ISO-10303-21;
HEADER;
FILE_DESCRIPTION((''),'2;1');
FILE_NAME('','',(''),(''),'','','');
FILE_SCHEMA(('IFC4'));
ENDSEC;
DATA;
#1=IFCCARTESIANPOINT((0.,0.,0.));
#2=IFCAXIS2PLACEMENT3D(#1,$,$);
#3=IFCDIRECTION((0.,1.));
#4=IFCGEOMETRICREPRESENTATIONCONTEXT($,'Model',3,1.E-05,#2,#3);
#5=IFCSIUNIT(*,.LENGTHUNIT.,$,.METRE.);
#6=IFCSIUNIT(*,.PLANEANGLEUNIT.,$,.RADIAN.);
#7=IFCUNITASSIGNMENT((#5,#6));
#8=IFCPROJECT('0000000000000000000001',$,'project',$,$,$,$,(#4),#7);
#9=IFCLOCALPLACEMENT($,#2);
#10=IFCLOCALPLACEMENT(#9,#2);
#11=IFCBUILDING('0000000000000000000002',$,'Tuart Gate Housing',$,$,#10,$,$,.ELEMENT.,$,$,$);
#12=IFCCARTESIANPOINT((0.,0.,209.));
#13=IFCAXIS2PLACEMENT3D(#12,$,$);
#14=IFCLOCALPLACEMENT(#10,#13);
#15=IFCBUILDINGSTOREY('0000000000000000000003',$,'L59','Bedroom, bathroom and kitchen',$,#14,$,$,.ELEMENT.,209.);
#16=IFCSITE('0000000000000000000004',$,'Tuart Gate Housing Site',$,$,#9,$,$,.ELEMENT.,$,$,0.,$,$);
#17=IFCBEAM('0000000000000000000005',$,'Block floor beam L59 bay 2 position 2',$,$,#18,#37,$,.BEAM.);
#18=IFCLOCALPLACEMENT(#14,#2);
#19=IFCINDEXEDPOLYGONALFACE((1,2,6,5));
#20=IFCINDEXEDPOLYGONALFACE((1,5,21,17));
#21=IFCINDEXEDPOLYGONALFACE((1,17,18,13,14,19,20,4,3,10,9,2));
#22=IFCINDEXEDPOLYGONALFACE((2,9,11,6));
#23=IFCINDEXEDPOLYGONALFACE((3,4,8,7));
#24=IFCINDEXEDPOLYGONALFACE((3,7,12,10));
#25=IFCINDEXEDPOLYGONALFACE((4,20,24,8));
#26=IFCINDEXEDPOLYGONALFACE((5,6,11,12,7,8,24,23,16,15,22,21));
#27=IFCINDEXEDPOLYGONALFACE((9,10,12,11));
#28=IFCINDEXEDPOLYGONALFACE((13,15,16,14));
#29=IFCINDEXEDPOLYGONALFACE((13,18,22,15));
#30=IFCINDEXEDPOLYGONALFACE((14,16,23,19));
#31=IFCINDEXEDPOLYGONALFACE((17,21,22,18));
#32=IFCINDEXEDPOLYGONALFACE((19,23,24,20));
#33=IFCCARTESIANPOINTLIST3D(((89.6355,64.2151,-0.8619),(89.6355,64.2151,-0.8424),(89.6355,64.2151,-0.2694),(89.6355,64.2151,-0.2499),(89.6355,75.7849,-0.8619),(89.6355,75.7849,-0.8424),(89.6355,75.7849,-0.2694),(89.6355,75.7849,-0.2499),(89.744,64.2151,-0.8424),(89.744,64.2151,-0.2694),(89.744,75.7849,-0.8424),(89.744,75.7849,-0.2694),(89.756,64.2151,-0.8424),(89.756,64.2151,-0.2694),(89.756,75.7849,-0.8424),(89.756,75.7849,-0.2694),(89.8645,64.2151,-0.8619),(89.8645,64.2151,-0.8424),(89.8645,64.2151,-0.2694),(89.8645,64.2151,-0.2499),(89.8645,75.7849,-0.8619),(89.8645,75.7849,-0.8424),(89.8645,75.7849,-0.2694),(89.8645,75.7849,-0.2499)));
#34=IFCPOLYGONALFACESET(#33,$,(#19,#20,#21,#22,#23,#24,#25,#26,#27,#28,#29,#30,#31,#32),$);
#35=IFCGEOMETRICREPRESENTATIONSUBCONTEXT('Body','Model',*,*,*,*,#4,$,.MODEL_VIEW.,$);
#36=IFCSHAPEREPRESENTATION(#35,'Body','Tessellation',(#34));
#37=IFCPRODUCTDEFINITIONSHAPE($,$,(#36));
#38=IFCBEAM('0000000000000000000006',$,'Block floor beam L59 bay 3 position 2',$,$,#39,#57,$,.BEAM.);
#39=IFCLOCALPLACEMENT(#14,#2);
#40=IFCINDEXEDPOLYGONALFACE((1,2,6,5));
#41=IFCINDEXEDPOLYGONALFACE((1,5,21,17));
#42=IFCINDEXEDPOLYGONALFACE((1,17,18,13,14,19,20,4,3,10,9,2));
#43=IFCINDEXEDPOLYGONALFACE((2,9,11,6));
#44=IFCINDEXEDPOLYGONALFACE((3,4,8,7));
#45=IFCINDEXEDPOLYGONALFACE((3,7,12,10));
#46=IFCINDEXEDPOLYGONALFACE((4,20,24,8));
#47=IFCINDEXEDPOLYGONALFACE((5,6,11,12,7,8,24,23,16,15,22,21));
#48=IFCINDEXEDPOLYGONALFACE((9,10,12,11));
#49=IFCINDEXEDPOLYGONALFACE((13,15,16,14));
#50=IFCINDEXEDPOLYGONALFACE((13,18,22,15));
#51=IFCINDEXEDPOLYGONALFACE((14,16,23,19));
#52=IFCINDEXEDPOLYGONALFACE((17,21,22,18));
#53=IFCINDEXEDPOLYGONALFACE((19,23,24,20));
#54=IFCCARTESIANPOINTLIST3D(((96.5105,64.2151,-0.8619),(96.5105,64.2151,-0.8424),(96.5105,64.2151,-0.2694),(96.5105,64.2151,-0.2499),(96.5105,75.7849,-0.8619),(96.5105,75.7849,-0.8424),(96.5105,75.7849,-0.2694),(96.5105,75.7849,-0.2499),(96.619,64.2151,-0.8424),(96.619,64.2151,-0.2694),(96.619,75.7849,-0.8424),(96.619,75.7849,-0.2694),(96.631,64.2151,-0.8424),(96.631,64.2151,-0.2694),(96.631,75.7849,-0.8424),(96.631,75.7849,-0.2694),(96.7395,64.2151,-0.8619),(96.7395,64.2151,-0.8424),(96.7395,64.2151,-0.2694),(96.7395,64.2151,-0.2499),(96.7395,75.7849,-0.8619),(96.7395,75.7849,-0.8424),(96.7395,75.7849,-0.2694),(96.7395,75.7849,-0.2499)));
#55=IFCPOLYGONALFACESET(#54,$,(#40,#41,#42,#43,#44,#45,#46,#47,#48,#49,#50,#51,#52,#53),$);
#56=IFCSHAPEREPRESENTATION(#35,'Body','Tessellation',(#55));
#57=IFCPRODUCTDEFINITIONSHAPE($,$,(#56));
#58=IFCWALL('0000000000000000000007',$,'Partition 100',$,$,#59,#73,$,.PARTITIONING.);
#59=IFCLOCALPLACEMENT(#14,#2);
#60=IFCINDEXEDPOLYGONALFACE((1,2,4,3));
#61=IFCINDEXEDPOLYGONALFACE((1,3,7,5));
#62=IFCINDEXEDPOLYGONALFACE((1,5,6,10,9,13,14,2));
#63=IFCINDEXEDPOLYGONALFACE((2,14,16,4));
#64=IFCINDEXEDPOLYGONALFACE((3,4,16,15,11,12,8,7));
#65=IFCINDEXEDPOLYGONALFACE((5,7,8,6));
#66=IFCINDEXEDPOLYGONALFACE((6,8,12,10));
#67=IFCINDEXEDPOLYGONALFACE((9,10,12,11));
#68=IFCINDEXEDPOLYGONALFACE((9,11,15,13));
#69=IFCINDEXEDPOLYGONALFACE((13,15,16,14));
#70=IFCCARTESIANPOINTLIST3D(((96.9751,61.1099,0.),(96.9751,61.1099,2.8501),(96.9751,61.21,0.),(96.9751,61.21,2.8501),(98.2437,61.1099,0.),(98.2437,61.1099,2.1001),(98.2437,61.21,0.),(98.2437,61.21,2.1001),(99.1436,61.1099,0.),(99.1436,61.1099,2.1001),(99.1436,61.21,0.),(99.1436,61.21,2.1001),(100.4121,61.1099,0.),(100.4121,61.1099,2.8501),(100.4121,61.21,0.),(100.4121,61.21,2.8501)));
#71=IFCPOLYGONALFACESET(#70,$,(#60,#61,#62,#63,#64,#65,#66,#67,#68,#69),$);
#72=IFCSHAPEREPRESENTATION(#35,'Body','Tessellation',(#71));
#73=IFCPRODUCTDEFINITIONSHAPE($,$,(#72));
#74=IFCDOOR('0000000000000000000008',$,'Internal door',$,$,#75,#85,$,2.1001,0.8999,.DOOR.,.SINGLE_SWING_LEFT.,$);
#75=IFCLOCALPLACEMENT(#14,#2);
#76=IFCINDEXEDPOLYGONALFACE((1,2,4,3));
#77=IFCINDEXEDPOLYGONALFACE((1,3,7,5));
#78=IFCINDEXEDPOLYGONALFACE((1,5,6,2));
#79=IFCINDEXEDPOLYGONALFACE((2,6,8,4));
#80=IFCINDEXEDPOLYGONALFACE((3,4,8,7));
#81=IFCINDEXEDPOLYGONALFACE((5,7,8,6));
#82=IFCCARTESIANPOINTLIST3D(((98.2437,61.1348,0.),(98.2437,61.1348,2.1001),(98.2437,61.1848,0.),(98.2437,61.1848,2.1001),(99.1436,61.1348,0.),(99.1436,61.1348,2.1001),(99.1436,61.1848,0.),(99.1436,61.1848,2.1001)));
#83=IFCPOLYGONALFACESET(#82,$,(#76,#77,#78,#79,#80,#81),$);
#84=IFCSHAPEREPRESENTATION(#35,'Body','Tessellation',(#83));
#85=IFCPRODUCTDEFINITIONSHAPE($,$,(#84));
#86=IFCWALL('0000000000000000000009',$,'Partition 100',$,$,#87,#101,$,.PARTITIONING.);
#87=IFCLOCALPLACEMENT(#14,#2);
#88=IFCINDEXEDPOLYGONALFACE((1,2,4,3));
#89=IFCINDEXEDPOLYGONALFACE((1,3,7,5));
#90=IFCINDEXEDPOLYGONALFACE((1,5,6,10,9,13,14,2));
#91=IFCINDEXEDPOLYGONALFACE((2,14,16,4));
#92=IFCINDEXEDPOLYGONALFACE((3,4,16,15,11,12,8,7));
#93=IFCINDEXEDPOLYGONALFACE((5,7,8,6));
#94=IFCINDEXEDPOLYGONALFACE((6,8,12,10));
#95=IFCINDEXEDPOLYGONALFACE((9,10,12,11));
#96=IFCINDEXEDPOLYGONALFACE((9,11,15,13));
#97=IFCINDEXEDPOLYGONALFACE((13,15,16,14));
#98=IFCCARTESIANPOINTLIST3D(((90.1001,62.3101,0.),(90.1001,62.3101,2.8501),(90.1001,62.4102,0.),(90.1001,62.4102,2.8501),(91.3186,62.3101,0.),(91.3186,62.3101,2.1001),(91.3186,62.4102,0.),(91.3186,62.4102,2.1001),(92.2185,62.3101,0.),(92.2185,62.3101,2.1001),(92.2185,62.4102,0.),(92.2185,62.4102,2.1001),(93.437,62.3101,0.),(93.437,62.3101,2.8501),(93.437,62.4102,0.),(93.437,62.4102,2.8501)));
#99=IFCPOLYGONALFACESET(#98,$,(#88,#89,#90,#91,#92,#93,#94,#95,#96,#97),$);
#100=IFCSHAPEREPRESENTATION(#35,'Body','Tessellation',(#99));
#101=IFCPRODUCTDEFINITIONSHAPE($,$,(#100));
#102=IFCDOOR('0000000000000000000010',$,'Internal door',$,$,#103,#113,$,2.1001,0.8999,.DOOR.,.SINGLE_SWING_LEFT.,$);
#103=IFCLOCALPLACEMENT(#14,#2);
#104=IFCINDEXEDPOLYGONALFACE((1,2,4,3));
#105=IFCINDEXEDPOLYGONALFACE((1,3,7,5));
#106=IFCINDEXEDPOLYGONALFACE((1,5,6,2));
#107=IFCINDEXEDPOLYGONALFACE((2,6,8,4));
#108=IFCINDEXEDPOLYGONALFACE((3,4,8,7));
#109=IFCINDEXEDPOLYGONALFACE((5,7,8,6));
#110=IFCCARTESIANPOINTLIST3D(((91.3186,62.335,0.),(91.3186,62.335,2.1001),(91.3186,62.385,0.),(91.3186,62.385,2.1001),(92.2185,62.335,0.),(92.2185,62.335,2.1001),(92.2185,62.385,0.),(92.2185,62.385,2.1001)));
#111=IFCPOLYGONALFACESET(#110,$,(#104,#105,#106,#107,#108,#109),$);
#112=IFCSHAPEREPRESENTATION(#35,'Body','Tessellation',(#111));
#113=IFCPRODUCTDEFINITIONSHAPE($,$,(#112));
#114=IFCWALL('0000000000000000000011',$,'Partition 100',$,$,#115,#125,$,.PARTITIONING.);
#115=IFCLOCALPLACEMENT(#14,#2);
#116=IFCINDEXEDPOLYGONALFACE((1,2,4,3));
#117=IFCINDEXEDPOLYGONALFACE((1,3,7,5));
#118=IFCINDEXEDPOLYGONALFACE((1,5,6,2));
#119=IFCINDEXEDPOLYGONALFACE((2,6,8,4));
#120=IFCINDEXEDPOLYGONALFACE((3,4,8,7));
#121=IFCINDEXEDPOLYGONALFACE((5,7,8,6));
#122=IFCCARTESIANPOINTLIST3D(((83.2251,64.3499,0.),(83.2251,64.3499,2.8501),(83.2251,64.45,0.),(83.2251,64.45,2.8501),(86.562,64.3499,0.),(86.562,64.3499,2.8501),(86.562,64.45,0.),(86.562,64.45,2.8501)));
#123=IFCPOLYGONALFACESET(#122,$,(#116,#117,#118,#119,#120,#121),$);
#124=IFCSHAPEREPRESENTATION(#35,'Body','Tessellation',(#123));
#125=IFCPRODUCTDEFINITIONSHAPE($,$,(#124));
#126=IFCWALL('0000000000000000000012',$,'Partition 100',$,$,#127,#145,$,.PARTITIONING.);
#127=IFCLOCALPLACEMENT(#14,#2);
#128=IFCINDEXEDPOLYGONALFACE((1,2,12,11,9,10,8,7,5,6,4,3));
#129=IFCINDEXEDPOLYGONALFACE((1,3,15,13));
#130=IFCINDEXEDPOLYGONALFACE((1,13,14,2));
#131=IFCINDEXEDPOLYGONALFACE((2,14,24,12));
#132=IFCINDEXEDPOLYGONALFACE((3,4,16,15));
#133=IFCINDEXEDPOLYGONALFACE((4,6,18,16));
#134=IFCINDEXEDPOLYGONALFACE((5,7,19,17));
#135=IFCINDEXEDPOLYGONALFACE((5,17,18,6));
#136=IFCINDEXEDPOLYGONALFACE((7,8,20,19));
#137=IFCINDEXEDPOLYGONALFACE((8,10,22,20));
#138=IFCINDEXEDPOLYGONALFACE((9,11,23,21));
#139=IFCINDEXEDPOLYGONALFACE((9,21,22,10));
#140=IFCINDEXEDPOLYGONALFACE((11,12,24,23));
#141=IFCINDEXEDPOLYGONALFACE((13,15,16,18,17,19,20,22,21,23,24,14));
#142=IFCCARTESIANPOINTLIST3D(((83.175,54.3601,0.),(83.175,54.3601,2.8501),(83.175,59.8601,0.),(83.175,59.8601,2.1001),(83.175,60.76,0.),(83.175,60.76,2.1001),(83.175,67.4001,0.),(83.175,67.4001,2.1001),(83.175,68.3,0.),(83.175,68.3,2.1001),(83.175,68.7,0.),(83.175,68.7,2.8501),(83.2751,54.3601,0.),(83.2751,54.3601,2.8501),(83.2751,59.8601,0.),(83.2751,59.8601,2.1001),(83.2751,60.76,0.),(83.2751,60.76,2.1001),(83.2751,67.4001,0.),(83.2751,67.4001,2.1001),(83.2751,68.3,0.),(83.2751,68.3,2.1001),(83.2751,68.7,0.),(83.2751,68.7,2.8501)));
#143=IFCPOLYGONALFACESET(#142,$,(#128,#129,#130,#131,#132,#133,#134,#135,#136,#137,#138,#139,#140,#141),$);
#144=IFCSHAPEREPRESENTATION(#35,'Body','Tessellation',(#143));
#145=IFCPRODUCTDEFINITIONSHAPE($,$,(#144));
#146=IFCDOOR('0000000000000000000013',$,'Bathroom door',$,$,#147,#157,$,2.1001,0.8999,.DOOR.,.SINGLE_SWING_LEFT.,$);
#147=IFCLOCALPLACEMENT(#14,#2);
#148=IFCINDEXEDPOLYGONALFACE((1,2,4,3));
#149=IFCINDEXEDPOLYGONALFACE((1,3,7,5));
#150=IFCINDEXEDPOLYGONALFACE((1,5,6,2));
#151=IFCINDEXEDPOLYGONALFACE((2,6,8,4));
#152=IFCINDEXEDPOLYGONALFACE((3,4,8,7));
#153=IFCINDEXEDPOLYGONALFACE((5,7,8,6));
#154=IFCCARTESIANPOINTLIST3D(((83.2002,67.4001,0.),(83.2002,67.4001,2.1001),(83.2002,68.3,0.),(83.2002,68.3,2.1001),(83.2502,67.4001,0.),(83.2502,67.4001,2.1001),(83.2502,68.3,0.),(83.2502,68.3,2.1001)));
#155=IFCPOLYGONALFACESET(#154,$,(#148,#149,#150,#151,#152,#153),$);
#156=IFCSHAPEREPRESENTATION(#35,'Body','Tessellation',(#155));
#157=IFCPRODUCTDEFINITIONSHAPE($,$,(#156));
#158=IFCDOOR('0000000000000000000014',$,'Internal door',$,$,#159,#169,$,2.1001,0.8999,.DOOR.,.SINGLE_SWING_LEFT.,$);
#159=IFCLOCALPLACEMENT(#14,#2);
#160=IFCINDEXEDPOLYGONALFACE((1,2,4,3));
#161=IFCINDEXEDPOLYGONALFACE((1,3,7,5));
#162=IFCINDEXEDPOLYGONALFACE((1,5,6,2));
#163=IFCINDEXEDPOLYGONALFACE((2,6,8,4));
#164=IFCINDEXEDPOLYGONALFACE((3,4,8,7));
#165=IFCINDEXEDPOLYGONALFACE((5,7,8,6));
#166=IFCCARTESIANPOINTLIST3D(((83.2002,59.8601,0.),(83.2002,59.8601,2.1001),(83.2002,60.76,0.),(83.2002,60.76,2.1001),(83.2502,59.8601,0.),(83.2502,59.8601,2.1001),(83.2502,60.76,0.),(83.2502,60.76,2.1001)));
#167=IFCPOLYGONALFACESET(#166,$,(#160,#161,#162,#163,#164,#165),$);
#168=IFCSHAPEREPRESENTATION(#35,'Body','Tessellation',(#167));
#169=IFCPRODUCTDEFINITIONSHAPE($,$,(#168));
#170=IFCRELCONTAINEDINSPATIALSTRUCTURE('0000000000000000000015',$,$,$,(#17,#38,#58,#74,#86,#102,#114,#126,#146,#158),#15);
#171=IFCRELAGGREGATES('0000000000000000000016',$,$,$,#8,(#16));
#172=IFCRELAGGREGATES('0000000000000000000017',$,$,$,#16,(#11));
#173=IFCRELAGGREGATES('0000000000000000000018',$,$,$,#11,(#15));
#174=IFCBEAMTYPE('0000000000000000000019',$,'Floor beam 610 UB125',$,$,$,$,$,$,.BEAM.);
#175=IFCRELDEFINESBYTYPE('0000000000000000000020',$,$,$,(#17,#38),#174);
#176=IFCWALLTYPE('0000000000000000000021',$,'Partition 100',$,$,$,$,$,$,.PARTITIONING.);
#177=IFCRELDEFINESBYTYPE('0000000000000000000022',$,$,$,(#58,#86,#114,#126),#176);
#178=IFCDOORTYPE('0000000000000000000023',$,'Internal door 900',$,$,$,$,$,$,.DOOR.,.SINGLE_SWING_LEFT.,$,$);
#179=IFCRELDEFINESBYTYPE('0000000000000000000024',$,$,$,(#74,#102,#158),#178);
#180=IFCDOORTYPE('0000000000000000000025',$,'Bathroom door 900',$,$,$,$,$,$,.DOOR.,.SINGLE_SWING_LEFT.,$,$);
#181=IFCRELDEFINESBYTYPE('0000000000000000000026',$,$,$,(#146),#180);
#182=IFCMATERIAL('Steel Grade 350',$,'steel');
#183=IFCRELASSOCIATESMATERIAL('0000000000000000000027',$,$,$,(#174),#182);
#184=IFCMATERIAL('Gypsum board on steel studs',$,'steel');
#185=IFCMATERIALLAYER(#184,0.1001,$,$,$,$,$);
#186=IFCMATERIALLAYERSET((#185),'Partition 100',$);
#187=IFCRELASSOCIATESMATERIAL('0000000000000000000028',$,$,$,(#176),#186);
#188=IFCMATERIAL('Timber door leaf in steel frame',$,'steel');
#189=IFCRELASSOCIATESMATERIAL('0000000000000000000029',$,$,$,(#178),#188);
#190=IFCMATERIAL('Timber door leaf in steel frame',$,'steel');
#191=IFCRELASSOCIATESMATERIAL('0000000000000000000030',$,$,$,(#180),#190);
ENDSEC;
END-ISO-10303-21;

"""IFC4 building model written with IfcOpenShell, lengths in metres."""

from ifc_helpers import new_model, si_unit, direction, frame, frame_2d, origin, origin_2d, place, context, subcontext, project, spatial, rectangle, i_section, extrude, material, layer, layer_set, material_profile, profile_set, type_object, element, fill, save


model = new_model("IFC4")

# Units and contexts
model_context = context("Model", 3, precision=1e-05, world=origin(), true_north=direction((0.0, 1.0)))
body_context = subcontext(model_context, "Body", "Model", "MODEL_VIEW")
ifc_project = project(units=[si_unit("LENGTHUNIT", "METRE"), si_unit("PLANEANGLEUNIT", "RADIAN")], contexts=[model_context])

# Site, building, storey
site_placement = place(None, origin())
site = spatial("IfcSite", under=ifc_project, at=site_placement, Name="Tuart Gate Housing Site", CompositionType="ELEMENT", RefElevation=0.0)
building_placement = place(site_placement, origin())
building = spatial("IfcBuilding", under=site, at=building_placement, Name="Tuart Gate Housing", CompositionType="ELEMENT")
storey_placement = place(building_placement, frame((0.0, 0.0, 209.0)))
storey = spatial("IfcBuildingStorey", under=building, at=storey_placement, Name="L59", Description="Bedroom, bathroom and kitchen", CompositionType="ELEMENT", Elevation=209.0)

# Beams
ifc_material_1 = material(Name="Steel Grade 350", Category="steel")
ifc_material_profile_1 = material_profile(ifc_material_1, i_section(OverallWidth=0.229, OverallDepth=0.6121, WebThickness=0.012, FlangeThickness=0.0195, at=origin_2d()), Name="610UB125")
ifc_profile_set_1 = profile_set([ifc_material_profile_1], Name="Steel Grade 350")
beam_type_1 = type_object("IfcBeamType", Name="Floor beam 610 UB125", PredefinedType="BEAM", material=ifc_profile_set_1)
for number, where, z_axis, x_axis, name in (
    (1, (89.75, 64.2151, -0.5559), (0.0, 1.0, 0.0), (-1.0, 0.0, 0.0), "Block floor beam L59 bay 2 position 2"),
    (2, (96.625, 64.2151, -0.5559), (0.0, 1.0, 0.0), (-1.0, 0.0, 0.0), "Block floor beam L59 bay 3 position 2"),
):
    element("IfcBeam", number, at=place(storey_placement, frame(where, z_axis=z_axis, x_axis=x_axis)), inside=storey, type_object=beam_type_1, Name=name, PredefinedType="BEAM", context=body_context, shape_type="SweptSolid", body=[
        extrude(i_section(OverallWidth=0.229, OverallDepth=0.6121, WebThickness=0.012, FlangeThickness=0.0195, at=origin_2d()), origin(), (0.0, 0.0, 1.0), 11.5698),
    ])

# Walls, openings, doors
ifc_material_2 = material(Name="Gypsum board on steel studs", Category="steel")
ifc_layer_1 = layer(ifc_material_2, 0.1001)
ifc_layer_set_1 = layer_set([ifc_layer_1], Name="Partition 100")
wall_type_1 = type_object("IfcWallType", Name="Partition 100", PredefinedType="PARTITIONING", material=ifc_layer_set_1)
wall_1_placement = place(storey_placement, frame((96.9751, 61.1599, 0.0), z_axis=(0.0, 0.0, 1.0), x_axis=(1.0, 0.0, 0.0)))
wall_1 = element("IfcWall", 3, at=wall_1_placement, inside=storey, type_object=wall_type_1, Name="Partition 100", PredefinedType="PARTITIONING", context=body_context, shape_type="SweptSolid", body=[
    extrude(rectangle(XDim=3.437, YDim=0.1001, at=frame_2d((1.7185, 0.0))), origin(), (0.0, 0.0, 1.0), 2.8501),
])
opening_1_placement = place(wall_1_placement, frame((1.2686, 0.0, 0.0)))
opening_1 = element("IfcOpeningElement", 4, at=opening_1_placement, cuts=wall_1, PredefinedType="OPENING", context=body_context, shape_type="SweptSolid", body=[
    extrude(rectangle(XDim=0.8999, YDim=2.1001, at=frame_2d((0.45, 1.05))), frame((0.0, 0.0601, 0.0), z_axis=(0.0, -1.0, 0.0), x_axis=(1.0, 0.0, 0.0)), (0.0, 0.0, 1.0), 0.1201),
])
ifc_material_3 = material(Name="Timber door leaf in steel frame", Category="steel")
door_type_1 = type_object("IfcDoorType", Name="Internal door 900", OperationType="SINGLE_SWING_LEFT", PredefinedType="DOOR", material=ifc_material_3)
door_1_placement = place(opening_1_placement, origin())
door_1 = element("IfcDoor", 5, at=door_1_placement, inside=storey, type_object=door_type_1, Name="Internal door", OperationType="SINGLE_SWING_LEFT", OverallHeight=2.1001, OverallWidth=0.8999, PredefinedType="DOOR", context=body_context, shape_type="SweptSolid", body=[
    extrude(rectangle(XDim=0.8999, YDim=2.1001, at=frame_2d((0.45, 1.05))), frame((0.0, 0.0249, 0.0), z_axis=(0.0, -1.0, 0.0), x_axis=(1.0, 0.0, 0.0)), (0.0, 0.0, 1.0), 0.05),
])
fill(opening_1, door_1)
wall_2_placement = place(storey_placement, frame((90.1001, 62.3601, 0.0), z_axis=(0.0, 0.0, 1.0), x_axis=(1.0, 0.0, 0.0)))
wall_2 = element("IfcWall", 6, at=wall_2_placement, inside=storey, type_object=wall_type_1, Name="Partition 100", PredefinedType="PARTITIONING", context=body_context, shape_type="SweptSolid", body=[
    extrude(rectangle(XDim=3.3369, YDim=0.1001, at=frame_2d((1.6685, 0.0))), origin(), (0.0, 0.0, 1.0), 2.8501),
])
opening_2_placement = place(wall_2_placement, frame((1.2185, 0.0, 0.0)))
opening_2 = element("IfcOpeningElement", 7, at=opening_2_placement, cuts=wall_2, PredefinedType="OPENING", context=body_context, shape_type="SweptSolid", body=[
    extrude(rectangle(XDim=0.8999, YDim=2.1001, at=frame_2d((0.45, 1.05))), frame((0.0, 0.0601, 0.0), z_axis=(0.0, -1.0, 0.0), x_axis=(1.0, 0.0, 0.0)), (0.0, 0.0, 1.0), 0.1201),
])
door_2_placement = place(opening_2_placement, origin())
door_2 = element("IfcDoor", 8, at=door_2_placement, inside=storey, type_object=door_type_1, Name="Internal door", OperationType="SINGLE_SWING_LEFT", OverallHeight=2.1001, OverallWidth=0.8999, PredefinedType="DOOR", context=body_context, shape_type="SweptSolid", body=[
    extrude(rectangle(XDim=0.8999, YDim=2.1001, at=frame_2d((0.45, 1.05))), frame((0.0, 0.0249, 0.0), z_axis=(0.0, -1.0, 0.0), x_axis=(1.0, 0.0, 0.0)), (0.0, 0.0, 1.0), 0.05),
])
fill(opening_2, door_2)

# Wall
wall_3_placement = place(storey_placement, frame((83.2251, 64.3999, 0.0), z_axis=(0.0, 0.0, 1.0), x_axis=(1.0, 0.0, 0.0)))
element("IfcWall", 9, at=wall_3_placement, inside=storey, type_object=wall_type_1, Name="Partition 100", PredefinedType="PARTITIONING", context=body_context, shape_type="SweptSolid", body=[
    extrude(rectangle(XDim=3.3369, YDim=0.1001, at=frame_2d((1.6685, 0.0))), origin(), (0.0, 0.0, 1.0), 2.8501),
])

# Wall, openings, doors
wall_4_placement = place(storey_placement, frame((83.2251, 54.3601, 0.0), z_axis=(0.0, 0.0, 1.0), x_axis=(0.0, 1.0, 0.0)))
wall_4 = element("IfcWall", 10, at=wall_4_placement, inside=storey, type_object=wall_type_1, Name="Partition 100", PredefinedType="PARTITIONING", context=body_context, shape_type="SweptSolid", body=[
    extrude(rectangle(XDim=14.3398, YDim=0.1001, at=frame_2d((7.1699, 0.0))), origin(), (0.0, 0.0, 1.0), 2.8501),
])
opening_3_placement = place(wall_4_placement, frame((5.5, 0.0, 0.0)))
opening_3 = element("IfcOpeningElement", 11, at=opening_3_placement, cuts=wall_4, PredefinedType="OPENING", context=body_context, shape_type="SweptSolid", body=[
    extrude(rectangle(XDim=0.8999, YDim=2.1001, at=frame_2d((0.45, 1.05))), frame((0.0, 0.0601, 0.0), z_axis=(0.0, -1.0, 0.0), x_axis=(1.0, 0.0, 0.0)), (0.0, 0.0, 1.0), 0.1201),
])
opening_4_placement = place(wall_4_placement, frame((13.04, 0.0, 0.0)))
opening_4 = element("IfcOpeningElement", 12, at=opening_4_placement, cuts=wall_4, PredefinedType="OPENING", context=body_context, shape_type="SweptSolid", body=[
    extrude(rectangle(XDim=0.8999, YDim=2.1001, at=frame_2d((0.45, 1.05))), frame((0.0, 0.0601, 0.0), z_axis=(0.0, -1.0, 0.0), x_axis=(1.0, 0.0, 0.0)), (0.0, 0.0, 1.0), 0.1201),
])
ifc_material_4 = material(Name="Timber door leaf in steel frame", Category="steel")
door_type_2 = type_object("IfcDoorType", Name="Bathroom door 900", OperationType="SINGLE_SWING_LEFT", PredefinedType="DOOR", material=ifc_material_4)
door_3_placement = place(opening_4_placement, frame((0.8999, 0.0, 0.0), z_axis=(0.0, 0.0, 1.0), x_axis=(-1.0, 0.0, 0.0)))
door_3 = element("IfcDoor", 13, at=door_3_placement, inside=storey, type_object=door_type_2, Name="Bathroom door", OperationType="SINGLE_SWING_LEFT", OverallHeight=2.1001, OverallWidth=0.8999, PredefinedType="DOOR", context=body_context, shape_type="SweptSolid", body=[
    extrude(rectangle(XDim=0.8999, YDim=2.1001, at=frame_2d((0.45, 1.05))), frame((0.0, 0.0251, 0.0), z_axis=(0.0, -1.0, 0.0), x_axis=(1.0, 0.0, 0.0)), (0.0, 0.0, 1.0), 0.05),
])
fill(opening_4, door_3)
door_4_placement = place(opening_3_placement, frame((0.8999, 0.0, 0.0), z_axis=(0.0, 0.0, 1.0), x_axis=(-1.0, 0.0, 0.0)))
door_4 = element("IfcDoor", 14, at=door_4_placement, inside=storey, type_object=door_type_1, Name="Internal door", OperationType="SINGLE_SWING_LEFT", OverallHeight=2.1001, OverallWidth=0.8999, PredefinedType="DOOR", context=body_context, shape_type="SweptSolid", body=[
    extrude(rectangle(XDim=0.8999, YDim=2.1001, at=frame_2d((0.45, 1.05))), frame((0.0, 0.0251, 0.0), z_axis=(0.0, -1.0, 0.0), x_axis=(1.0, 0.0, 0.0)), (0.0, 0.0, 1.0), 0.05),
])
fill(opening_3, door_4)

save(model, "model.ifc")
